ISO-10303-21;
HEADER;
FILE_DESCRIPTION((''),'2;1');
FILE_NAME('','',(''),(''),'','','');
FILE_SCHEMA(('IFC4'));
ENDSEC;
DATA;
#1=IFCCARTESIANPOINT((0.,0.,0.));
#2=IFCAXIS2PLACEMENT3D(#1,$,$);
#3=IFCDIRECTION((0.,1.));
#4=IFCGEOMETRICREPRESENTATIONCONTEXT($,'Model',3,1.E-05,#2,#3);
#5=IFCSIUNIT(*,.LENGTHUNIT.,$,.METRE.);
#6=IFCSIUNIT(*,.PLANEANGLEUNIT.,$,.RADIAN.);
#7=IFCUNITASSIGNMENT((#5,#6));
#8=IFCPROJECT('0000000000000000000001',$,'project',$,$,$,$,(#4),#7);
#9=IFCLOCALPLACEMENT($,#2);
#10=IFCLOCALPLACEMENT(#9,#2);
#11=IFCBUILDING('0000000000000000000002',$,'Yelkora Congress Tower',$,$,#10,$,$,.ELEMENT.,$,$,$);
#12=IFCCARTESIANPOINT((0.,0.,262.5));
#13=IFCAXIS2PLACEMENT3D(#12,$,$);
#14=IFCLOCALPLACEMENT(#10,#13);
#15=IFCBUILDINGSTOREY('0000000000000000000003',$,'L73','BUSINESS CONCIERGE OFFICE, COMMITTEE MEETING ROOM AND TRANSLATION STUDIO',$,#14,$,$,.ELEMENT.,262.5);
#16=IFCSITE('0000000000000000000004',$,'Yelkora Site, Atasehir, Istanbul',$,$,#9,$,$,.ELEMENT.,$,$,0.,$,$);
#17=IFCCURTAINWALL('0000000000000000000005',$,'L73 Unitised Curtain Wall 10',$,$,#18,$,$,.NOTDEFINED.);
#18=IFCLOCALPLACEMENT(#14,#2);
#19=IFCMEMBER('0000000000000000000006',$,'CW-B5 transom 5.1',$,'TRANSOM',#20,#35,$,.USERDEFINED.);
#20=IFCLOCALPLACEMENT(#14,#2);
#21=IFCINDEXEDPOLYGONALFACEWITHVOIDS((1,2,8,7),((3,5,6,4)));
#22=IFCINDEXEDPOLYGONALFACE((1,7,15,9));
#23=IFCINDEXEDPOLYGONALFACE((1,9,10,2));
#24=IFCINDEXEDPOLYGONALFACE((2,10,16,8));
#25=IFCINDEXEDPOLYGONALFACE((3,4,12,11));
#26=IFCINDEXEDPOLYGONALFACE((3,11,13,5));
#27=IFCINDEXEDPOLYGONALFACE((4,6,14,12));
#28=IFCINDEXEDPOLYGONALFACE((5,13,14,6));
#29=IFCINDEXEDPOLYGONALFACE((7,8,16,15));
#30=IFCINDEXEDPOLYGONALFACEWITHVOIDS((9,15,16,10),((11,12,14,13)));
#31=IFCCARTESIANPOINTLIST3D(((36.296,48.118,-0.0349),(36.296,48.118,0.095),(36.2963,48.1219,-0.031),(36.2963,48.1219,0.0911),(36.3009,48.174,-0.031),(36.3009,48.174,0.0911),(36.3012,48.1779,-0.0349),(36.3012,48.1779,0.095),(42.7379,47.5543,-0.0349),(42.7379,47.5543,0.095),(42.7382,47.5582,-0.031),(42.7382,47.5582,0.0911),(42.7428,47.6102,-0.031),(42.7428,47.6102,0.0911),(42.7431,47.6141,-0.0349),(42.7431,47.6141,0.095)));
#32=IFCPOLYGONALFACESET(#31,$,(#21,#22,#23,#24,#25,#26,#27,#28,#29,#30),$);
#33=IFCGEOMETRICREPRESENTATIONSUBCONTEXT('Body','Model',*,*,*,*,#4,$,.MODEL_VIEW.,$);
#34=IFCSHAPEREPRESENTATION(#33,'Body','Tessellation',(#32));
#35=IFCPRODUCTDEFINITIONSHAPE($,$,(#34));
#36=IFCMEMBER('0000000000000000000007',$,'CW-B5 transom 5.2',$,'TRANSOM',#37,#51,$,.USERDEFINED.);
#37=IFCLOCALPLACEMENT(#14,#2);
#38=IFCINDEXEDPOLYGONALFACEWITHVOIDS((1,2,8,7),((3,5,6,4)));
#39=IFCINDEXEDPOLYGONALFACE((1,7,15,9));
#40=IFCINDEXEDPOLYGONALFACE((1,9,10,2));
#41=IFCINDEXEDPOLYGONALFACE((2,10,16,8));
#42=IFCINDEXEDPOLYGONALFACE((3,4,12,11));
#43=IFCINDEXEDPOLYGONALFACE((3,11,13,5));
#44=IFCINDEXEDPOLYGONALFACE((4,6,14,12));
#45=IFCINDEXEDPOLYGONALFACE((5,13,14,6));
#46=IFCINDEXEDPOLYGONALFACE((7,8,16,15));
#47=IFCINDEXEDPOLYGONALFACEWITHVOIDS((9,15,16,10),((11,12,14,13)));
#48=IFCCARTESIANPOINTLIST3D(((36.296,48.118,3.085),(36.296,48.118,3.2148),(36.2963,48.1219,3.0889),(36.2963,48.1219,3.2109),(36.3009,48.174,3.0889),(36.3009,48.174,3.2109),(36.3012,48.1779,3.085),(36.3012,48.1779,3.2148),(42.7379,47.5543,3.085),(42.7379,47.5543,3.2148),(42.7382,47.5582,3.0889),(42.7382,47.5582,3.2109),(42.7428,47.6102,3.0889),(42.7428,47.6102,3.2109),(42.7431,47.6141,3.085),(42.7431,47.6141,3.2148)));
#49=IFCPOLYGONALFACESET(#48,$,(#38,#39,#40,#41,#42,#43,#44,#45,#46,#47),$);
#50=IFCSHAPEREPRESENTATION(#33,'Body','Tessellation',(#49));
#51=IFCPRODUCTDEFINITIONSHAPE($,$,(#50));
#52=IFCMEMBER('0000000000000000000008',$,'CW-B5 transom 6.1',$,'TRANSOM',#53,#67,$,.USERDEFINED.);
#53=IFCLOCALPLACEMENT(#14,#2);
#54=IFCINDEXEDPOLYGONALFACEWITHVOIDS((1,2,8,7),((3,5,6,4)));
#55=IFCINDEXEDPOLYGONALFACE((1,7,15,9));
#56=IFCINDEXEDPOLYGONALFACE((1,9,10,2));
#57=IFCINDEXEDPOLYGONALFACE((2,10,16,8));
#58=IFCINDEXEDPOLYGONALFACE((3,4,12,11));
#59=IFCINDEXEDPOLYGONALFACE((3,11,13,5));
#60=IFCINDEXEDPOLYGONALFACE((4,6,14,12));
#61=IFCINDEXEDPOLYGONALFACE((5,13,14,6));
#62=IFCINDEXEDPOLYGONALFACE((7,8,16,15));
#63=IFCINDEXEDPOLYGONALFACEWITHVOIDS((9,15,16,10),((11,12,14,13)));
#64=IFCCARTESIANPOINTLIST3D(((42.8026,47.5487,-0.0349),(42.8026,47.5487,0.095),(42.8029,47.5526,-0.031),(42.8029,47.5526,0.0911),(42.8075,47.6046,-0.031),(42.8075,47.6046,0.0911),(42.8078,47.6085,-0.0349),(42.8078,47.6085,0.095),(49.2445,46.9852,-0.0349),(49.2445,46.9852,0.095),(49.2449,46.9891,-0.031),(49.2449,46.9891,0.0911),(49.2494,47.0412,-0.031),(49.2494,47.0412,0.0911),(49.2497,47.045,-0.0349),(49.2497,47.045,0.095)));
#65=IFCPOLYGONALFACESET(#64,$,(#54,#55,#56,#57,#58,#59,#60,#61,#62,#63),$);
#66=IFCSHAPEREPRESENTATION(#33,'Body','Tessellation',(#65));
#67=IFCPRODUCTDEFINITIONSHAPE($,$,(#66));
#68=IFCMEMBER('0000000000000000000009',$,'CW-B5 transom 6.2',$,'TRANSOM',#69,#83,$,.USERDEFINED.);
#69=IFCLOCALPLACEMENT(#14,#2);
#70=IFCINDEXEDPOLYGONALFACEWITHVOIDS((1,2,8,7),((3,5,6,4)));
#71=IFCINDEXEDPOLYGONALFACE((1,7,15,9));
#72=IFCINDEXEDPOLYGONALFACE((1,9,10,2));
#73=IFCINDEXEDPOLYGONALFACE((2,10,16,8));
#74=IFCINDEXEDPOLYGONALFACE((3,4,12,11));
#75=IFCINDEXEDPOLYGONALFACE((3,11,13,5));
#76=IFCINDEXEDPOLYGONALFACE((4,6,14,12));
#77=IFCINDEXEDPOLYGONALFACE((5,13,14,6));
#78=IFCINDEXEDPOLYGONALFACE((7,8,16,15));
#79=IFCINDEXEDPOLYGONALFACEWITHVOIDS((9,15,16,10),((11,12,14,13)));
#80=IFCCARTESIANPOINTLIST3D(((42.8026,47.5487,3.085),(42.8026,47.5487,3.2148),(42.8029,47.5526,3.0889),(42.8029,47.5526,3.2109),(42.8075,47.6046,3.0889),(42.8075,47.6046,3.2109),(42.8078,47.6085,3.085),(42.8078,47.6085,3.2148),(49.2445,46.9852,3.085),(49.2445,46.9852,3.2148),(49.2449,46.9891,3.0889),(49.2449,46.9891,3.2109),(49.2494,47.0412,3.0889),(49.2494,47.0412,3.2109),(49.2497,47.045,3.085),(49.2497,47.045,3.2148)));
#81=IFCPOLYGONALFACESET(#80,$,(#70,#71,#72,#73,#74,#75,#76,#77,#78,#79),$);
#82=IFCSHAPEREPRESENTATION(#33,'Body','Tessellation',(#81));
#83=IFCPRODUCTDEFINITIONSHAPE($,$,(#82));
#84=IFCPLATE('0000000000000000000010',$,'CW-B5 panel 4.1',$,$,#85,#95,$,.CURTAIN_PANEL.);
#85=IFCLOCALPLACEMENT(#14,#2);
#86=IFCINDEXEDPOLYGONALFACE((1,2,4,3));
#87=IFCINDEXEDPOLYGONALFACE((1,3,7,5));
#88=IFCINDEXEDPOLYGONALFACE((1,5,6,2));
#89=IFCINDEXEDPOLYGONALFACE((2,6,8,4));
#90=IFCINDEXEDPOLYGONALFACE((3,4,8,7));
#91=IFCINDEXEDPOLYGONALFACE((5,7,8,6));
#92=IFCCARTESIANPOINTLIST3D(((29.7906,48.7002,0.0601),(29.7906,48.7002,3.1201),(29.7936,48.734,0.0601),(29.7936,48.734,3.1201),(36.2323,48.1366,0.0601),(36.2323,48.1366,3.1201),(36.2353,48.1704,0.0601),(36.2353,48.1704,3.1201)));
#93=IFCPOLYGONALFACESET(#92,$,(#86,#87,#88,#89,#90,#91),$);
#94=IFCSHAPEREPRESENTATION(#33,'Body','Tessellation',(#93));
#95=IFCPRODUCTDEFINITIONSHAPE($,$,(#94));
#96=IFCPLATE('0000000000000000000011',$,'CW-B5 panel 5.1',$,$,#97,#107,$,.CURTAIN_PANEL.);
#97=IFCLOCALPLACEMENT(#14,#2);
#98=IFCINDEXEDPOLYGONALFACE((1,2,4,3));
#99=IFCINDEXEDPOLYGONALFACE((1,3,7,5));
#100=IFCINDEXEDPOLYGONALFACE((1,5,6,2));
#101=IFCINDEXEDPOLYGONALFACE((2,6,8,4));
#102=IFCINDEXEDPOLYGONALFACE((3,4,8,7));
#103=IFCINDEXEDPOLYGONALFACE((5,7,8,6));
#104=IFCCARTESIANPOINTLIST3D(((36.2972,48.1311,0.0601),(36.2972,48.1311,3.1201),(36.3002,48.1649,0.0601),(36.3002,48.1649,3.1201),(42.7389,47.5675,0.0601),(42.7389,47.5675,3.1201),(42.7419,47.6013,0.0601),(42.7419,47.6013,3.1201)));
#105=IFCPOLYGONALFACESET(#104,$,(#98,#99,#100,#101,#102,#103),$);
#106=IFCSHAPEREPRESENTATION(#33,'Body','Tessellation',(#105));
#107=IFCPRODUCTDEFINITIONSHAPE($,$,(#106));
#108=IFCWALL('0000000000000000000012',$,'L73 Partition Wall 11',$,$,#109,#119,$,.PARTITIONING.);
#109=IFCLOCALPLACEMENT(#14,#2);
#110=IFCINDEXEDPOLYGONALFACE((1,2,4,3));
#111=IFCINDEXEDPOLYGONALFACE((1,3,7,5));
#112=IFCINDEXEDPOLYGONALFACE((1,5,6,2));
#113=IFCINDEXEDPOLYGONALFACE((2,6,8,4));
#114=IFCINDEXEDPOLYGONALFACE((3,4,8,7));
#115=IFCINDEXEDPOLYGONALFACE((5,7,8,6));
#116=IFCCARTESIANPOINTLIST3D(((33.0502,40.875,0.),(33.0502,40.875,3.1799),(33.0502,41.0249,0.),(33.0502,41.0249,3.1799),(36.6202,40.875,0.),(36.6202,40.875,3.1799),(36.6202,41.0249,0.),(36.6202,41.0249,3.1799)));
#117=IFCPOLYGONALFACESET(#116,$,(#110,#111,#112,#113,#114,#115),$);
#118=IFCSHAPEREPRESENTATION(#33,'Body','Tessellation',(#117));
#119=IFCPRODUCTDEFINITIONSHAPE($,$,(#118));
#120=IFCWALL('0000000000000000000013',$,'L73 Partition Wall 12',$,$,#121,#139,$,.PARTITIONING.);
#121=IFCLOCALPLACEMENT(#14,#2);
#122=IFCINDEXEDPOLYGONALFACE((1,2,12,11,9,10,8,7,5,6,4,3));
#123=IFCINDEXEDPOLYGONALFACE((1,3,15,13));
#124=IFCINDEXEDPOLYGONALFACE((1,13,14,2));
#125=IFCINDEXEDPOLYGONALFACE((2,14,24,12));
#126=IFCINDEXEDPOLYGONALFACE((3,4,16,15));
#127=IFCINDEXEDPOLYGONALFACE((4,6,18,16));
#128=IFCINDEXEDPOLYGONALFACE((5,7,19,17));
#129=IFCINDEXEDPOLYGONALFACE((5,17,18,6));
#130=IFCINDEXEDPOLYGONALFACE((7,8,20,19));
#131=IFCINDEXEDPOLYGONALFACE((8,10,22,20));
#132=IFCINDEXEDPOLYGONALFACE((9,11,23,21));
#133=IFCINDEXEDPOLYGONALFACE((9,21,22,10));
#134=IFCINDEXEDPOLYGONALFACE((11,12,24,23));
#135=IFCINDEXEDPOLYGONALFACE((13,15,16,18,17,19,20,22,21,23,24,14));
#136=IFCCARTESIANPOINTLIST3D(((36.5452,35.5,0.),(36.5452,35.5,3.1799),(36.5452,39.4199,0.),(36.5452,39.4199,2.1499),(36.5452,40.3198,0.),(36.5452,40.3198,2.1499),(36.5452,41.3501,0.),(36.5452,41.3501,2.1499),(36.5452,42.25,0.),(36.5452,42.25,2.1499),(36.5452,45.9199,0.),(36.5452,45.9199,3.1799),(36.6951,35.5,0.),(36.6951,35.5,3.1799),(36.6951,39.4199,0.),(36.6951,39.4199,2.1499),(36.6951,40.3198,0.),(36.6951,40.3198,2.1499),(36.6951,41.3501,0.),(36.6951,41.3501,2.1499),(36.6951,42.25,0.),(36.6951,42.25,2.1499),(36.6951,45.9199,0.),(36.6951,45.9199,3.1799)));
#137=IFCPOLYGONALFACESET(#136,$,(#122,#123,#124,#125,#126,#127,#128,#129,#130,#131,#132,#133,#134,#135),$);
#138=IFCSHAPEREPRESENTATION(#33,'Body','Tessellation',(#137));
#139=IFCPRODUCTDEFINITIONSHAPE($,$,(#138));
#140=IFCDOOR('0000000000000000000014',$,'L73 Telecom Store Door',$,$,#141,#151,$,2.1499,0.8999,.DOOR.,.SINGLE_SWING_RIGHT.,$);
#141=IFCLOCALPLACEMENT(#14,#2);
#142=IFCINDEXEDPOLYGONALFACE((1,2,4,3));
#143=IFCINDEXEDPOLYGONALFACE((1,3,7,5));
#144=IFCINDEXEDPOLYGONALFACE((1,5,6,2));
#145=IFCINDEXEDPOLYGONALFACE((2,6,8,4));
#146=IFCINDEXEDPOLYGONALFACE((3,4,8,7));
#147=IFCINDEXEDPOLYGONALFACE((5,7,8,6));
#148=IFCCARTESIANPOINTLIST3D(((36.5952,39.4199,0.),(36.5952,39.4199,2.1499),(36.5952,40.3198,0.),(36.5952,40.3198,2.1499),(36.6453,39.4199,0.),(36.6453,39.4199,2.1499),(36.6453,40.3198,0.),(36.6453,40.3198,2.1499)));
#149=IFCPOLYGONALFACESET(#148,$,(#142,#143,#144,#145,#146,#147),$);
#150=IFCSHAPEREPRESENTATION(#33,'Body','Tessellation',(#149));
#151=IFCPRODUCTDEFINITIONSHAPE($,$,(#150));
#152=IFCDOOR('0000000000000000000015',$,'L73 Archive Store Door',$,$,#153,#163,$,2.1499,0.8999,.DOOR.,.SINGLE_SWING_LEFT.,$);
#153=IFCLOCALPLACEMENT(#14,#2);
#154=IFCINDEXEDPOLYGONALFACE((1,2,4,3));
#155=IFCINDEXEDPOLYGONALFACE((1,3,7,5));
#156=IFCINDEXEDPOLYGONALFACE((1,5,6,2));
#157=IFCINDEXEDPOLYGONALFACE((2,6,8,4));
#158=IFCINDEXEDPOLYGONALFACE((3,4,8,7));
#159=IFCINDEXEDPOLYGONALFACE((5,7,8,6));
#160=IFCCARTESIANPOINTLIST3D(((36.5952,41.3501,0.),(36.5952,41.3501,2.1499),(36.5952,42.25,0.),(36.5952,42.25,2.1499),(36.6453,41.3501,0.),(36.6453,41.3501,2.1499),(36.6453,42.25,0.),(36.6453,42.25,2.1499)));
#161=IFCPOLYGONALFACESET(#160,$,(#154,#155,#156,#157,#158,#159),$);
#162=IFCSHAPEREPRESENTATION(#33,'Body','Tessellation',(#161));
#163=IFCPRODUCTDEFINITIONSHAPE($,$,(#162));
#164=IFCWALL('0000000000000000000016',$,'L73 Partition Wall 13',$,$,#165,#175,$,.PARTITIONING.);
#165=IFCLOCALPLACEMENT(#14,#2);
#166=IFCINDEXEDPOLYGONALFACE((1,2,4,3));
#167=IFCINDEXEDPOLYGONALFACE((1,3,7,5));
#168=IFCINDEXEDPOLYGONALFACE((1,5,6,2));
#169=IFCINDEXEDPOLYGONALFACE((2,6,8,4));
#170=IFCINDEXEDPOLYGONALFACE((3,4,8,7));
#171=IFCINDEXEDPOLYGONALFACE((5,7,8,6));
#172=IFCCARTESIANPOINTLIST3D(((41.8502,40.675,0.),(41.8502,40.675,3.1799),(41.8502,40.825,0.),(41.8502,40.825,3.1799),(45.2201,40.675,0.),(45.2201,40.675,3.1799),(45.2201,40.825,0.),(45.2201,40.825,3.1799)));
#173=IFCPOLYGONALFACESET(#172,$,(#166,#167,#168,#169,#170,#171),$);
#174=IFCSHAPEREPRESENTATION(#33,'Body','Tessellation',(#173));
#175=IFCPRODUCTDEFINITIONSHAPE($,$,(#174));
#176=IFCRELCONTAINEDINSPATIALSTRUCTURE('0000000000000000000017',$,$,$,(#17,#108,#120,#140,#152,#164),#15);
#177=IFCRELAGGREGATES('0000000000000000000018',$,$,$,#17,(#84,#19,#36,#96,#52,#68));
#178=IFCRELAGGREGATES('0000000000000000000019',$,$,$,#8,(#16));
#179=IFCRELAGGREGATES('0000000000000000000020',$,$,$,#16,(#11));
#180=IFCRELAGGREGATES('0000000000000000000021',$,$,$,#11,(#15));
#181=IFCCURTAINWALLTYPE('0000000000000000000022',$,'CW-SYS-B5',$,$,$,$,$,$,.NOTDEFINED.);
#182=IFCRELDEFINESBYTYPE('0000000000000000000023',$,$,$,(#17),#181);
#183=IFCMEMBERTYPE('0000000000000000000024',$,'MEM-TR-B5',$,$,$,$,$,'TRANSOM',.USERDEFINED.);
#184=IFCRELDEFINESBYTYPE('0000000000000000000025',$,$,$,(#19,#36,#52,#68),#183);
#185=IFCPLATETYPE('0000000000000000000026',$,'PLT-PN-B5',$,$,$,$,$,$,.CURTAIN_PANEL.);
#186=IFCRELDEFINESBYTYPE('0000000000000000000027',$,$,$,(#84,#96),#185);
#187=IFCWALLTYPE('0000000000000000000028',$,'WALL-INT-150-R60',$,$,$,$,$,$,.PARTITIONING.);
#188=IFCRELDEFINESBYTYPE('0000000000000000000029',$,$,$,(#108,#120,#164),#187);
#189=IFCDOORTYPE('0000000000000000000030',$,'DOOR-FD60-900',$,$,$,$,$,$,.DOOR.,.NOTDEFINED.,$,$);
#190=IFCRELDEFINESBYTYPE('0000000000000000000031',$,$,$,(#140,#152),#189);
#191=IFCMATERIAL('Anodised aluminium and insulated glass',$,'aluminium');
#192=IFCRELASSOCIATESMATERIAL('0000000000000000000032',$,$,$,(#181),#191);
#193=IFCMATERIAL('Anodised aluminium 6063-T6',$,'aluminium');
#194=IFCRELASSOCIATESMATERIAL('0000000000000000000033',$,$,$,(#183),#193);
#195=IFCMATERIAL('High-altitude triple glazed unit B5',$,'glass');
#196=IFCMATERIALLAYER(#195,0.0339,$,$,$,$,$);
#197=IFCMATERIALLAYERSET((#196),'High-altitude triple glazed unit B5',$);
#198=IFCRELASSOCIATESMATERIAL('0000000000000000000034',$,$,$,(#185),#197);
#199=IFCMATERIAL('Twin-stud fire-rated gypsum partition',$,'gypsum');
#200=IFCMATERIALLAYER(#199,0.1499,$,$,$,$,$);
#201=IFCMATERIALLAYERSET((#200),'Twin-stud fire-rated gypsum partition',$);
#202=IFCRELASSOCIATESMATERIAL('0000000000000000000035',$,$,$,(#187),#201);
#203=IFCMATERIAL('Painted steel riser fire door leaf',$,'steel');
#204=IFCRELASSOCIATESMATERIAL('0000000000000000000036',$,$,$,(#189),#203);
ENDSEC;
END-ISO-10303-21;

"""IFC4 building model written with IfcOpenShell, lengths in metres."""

from ifc_helpers import new_model, si_unit, direction, frame, frame_2d, origin, origin_2d, place, context, subcontext, project, spatial, rectangle, hollow_rectangle, extrude, material, layer, layer_set, material_profile, profile_set, type_object, element, fill, aggregate, save


model = new_model("IFC4")

# Units and contexts
model_context = context("Model", 3, precision=1e-05, world=origin(), true_north=direction((0.0, 1.0)))
body_context = subcontext(model_context, "Body", "Model", "MODEL_VIEW")
ifc_project = project(units=[si_unit("LENGTHUNIT", "METRE"), si_unit("PLANEANGLEUNIT", "RADIAN")], contexts=[model_context])

# Site, building, storey
site_placement = place(None, origin())
site = spatial("IfcSite", under=ifc_project, at=site_placement, Name="Yelkora Site, Atasehir, Istanbul", CompositionType="ELEMENT", RefElevation=0.0)
building_placement = place(site_placement, origin())
building = spatial("IfcBuilding", under=site, at=building_placement, Name="Yelkora Congress Tower", CompositionType="ELEMENT")
storey_placement = place(building_placement, frame((0.0, 0.0, 262.5)))
storey = spatial("IfcBuildingStorey", under=building, at=storey_placement, Name="L73", Description="BUSINESS CONCIERGE OFFICE, COMMITTEE MEETING ROOM AND TRANSLATION STUDIO", CompositionType="ELEMENT", Elevation=262.5)

# Curtain wall, members, plates
ifc_material_1 = material(Name="Anodised aluminium and insulated glass", Category="aluminium")
curtain_wall_type = type_object("IfcCurtainWallType", Name="CW-SYS-B5", PredefinedType="NOTDEFINED", material=ifc_material_1)
curtain_wall_placement = place(storey_placement, origin())
curtain_wall = element("IfcCurtainWall", 1, at=curtain_wall_placement, inside=storey, type_object=curtain_wall_type, Name="L73 Unitised Curtain Wall 10", PredefinedType="NOTDEFINED")
ifc_material_2 = material(Name="Anodised aluminium 6063-T6", Category="aluminium")
ifc_material_profile_1 = material_profile(ifc_material_2, hollow_rectangle(XDim=0.0601, YDim=0.1299, WallThickness=0.0039, at=origin_2d()), Name="ALU 60x130x4")
ifc_profile_set_1 = profile_set([ifc_material_profile_1], Name="Anodised aluminium 6063-T6")
member_type_1 = type_object("IfcMemberType", Name="MEM-TR-B5", ElementType="TRANSOM", PredefinedType="USERDEFINED", material=ifc_profile_set_1)
member_1_placement = place(storey_placement, frame((36.2986, 48.1479, 0.03), z_axis=(0.996193, -0.087175, 0.0), x_axis=(0.087175, 0.996193, 0.0)))
member_1 = element("IfcMember", 2, at=member_1_placement, type_object=member_type_1, Name="CW-B5 transom 5.1", ObjectType="TRANSOM", PredefinedType="USERDEFINED", context=body_context, shape_type="SweptSolid", body=[
    extrude(hollow_rectangle(XDim=0.0601, YDim=0.1299, WallThickness=0.0039, at=origin_2d()), origin(), (0.0, 0.0, 1.0), 6.4666),
])
member_2_placement = place(storey_placement, frame((36.2986, 48.1479, 3.1499), z_axis=(0.996193, -0.087175, 0.0), x_axis=(0.087175, 0.996193, 0.0)))
member_2 = element("IfcMember", 3, at=member_2_placement, type_object=member_type_1, Name="CW-B5 transom 5.2", ObjectType="TRANSOM", PredefinedType="USERDEFINED", context=body_context, shape_type="SweptSolid", body=[
    extrude(hollow_rectangle(XDim=0.0601, YDim=0.1299, WallThickness=0.0039, at=origin_2d()), origin(), (0.0, 0.0, 1.0), 6.4666),
])
member_3_placement = place(storey_placement, frame((42.8052, 47.5786, 0.03), z_axis=(0.996196, -0.087138, 0.0), x_axis=(0.087138, 0.996196, 0.0)))
member_3 = element("IfcMember", 4, at=member_3_placement, type_object=member_type_1, Name="CW-B5 transom 6.1", ObjectType="TRANSOM", PredefinedType="USERDEFINED", context=body_context, shape_type="SweptSolid", body=[
    extrude(hollow_rectangle(XDim=0.0601, YDim=0.1299, WallThickness=0.0039, at=origin_2d()), origin(), (0.0, 0.0, 1.0), 6.4666),
])
member_4_placement = place(storey_placement, frame((42.8052, 47.5786, 3.1499), z_axis=(0.996196, -0.087138, 0.0), x_axis=(0.087138, 0.996196, 0.0)))
member_4 = element("IfcMember", 5, at=member_4_placement, type_object=member_type_1, Name="CW-B5 transom 6.2", ObjectType="TRANSOM", PredefinedType="USERDEFINED", context=body_context, shape_type="SweptSolid", body=[
    extrude(hollow_rectangle(XDim=0.0601, YDim=0.1299, WallThickness=0.0039, at=origin_2d()), origin(), (0.0, 0.0, 1.0), 6.4666),
])
ifc_material_3 = material(Name="High-altitude triple glazed unit B5", Category="glass")
ifc_layer_1 = layer(ifc_material_3, 0.0339)
ifc_layer_set_1 = layer_set([ifc_layer_1], Name="High-altitude triple glazed unit B5")
plate_type = type_object("IfcPlateType", Name="PLT-PN-B5", PredefinedType="CURTAIN_PANEL", material=ifc_layer_set_1)
plate_1_placement = place(storey_placement, frame((33.0129, 48.4353, 0.0601), z_axis=(0.0, 0.0, 1.0), x_axis=(0.996195, -0.087157, 0.0)))
plate_1 = element("IfcPlate", 6, at=plate_1_placement, type_object=plate_type, Name="CW-B5 panel 4.1", PredefinedType="CURTAIN_PANEL", context=body_context, shape_type="SweptSolid", body=[
    extrude(rectangle(XDim=6.4663, YDim=0.0339, at=origin_2d()), origin(), (0.0, 0.0, 1.0), 3.0601),
])
plate_2_placement = place(storey_placement, frame((39.5195, 47.8662, 0.0601), z_axis=(0.0, 0.0, 1.0), x_axis=(0.996195, -0.087157, 0.0)))
plate_2 = element("IfcPlate", 7, at=plate_2_placement, type_object=plate_type, Name="CW-B5 panel 5.1", PredefinedType="CURTAIN_PANEL", context=body_context, shape_type="SweptSolid", body=[
    extrude(rectangle(XDim=6.4663, YDim=0.0339, at=origin_2d()), origin(), (0.0, 0.0, 1.0), 3.0601),
])
aggregate(curtain_wall, [plate_1, member_1, member_2, plate_2, member_3, member_4])

# Wall
ifc_material_4 = material(Name="Twin-stud fire-rated gypsum partition", Category="gypsum")
ifc_layer_2 = layer(ifc_material_4, 0.1499)
ifc_layer_set_2 = layer_set([ifc_layer_2], Name="Twin-stud fire-rated gypsum partition")
wall_type_1 = type_object("IfcWallType", Name="WALL-INT-150-R60", PredefinedType="PARTITIONING", material=ifc_layer_set_2)
wall_1_placement = place(storey_placement, frame((33.05, 40.95, 0.0), z_axis=(0.0, 0.0, 1.0), x_axis=(1.0, 0.0, 0.0)))
element("IfcWall", 8, at=wall_1_placement, inside=storey, type_object=wall_type_1, Name="L73 Partition Wall 11", PredefinedType="PARTITIONING", context=body_context, shape_type="SweptSolid", body=[
    extrude(rectangle(XDim=3.5701, YDim=0.1499, at=frame_2d((1.7852, 0.0))), origin(), (0.0, 0.0, 1.0), 3.1799),
])

# Wall, openings, doors
wall_2_placement = place(storey_placement, frame((36.6201, 35.5, 0.0), z_axis=(0.0, 0.0, 1.0), x_axis=(0.0, 1.0, 0.0)))
wall_2 = element("IfcWall", 9, at=wall_2_placement, inside=storey, type_object=wall_type_1, Name="L73 Partition Wall 12", PredefinedType="PARTITIONING", context=body_context, shape_type="SweptSolid", body=[
    extrude(rectangle(XDim=10.4199, YDim=0.1499, at=frame_2d((5.21, 0.0))), origin(), (0.0, 0.0, 1.0), 3.1799),
])
opening_1_placement = place(wall_2_placement, frame((3.9199, 0.0, 0.0)))
opening_1 = element("IfcOpeningElement", 10, at=opening_1_placement, cuts=wall_2, PredefinedType="OPENING", context=body_context, shape_type="SweptSolid", body=[
    extrude(rectangle(XDim=0.8999, YDim=2.1499, at=frame_2d((0.45, 1.075))), frame((0.0, 0.085, 0.0), z_axis=(0.0, -1.0, 0.0), x_axis=(1.0, 0.0, 0.0)), (0.0, 0.0, 1.0), 0.1699),
])
opening_2_placement = place(wall_2_placement, frame((5.8501, 0.0, 0.0)))
opening_2 = element("IfcOpeningElement", 11, at=opening_2_placement, cuts=wall_2, PredefinedType="OPENING", context=body_context, shape_type="SweptSolid", body=[
    extrude(rectangle(XDim=0.8999, YDim=2.1499, at=frame_2d((0.45, 1.075))), frame((0.0, 0.085, 0.0), z_axis=(0.0, -1.0, 0.0), x_axis=(1.0, 0.0, 0.0)), (0.0, 0.0, 1.0), 0.1699),
])
ifc_material_5 = material(Name="Painted steel riser fire door leaf", Category="steel")
door_type_1 = type_object("IfcDoorType", Name="DOOR-FD60-900", OperationType="NOTDEFINED", PredefinedType="DOOR", material=ifc_material_5)
door_1_placement = place(opening_1_placement, origin())
door_1 = element("IfcDoor", 12, at=door_1_placement, inside=storey, type_object=door_type_1, Name="L73 Telecom Store Door", OperationType="SINGLE_SWING_RIGHT", OverallHeight=2.1499, OverallWidth=0.8999, PredefinedType="DOOR", context=body_context, shape_type="SweptSolid", body=[
    extrude(rectangle(XDim=0.8999, YDim=2.1499, at=frame_2d((0.45, 1.075))), frame((0.0, 0.0249, 0.0), z_axis=(0.0, -1.0, 0.0), x_axis=(1.0, 0.0, 0.0)), (0.0, 0.0, 1.0), 0.05),
])
fill(opening_1, door_1)
door_2_placement = place(opening_2_placement, origin())
door_2 = element("IfcDoor", 13, at=door_2_placement, inside=storey, type_object=door_type_1, Name="L73 Archive Store Door", OperationType="SINGLE_SWING_LEFT", OverallHeight=2.1499, OverallWidth=0.8999, PredefinedType="DOOR", context=body_context, shape_type="SweptSolid", body=[
    extrude(rectangle(XDim=0.8999, YDim=2.1499, at=frame_2d((0.45, 1.075))), frame((0.0, 0.0249, 0.0), z_axis=(0.0, -1.0, 0.0), x_axis=(1.0, 0.0, 0.0)), (0.0, 0.0, 1.0), 0.05),
])
fill(opening_2, door_2)

# Wall
wall_3_placement = place(storey_placement, frame((41.8501, 40.75, 0.0), z_axis=(0.0, 0.0, 1.0), x_axis=(1.0, 0.0, 0.0)))
element("IfcWall", 14, at=wall_3_placement, inside=storey, type_object=wall_type_1, Name="L73 Partition Wall 13", PredefinedType="PARTITIONING", context=body_context, shape_type="SweptSolid", body=[
    extrude(rectangle(XDim=3.3699, YDim=0.1499, at=frame_2d((1.6851, 0.0))), origin(), (0.0, 0.0, 1.0), 3.1799),
])

save(model, "model.ifc")
